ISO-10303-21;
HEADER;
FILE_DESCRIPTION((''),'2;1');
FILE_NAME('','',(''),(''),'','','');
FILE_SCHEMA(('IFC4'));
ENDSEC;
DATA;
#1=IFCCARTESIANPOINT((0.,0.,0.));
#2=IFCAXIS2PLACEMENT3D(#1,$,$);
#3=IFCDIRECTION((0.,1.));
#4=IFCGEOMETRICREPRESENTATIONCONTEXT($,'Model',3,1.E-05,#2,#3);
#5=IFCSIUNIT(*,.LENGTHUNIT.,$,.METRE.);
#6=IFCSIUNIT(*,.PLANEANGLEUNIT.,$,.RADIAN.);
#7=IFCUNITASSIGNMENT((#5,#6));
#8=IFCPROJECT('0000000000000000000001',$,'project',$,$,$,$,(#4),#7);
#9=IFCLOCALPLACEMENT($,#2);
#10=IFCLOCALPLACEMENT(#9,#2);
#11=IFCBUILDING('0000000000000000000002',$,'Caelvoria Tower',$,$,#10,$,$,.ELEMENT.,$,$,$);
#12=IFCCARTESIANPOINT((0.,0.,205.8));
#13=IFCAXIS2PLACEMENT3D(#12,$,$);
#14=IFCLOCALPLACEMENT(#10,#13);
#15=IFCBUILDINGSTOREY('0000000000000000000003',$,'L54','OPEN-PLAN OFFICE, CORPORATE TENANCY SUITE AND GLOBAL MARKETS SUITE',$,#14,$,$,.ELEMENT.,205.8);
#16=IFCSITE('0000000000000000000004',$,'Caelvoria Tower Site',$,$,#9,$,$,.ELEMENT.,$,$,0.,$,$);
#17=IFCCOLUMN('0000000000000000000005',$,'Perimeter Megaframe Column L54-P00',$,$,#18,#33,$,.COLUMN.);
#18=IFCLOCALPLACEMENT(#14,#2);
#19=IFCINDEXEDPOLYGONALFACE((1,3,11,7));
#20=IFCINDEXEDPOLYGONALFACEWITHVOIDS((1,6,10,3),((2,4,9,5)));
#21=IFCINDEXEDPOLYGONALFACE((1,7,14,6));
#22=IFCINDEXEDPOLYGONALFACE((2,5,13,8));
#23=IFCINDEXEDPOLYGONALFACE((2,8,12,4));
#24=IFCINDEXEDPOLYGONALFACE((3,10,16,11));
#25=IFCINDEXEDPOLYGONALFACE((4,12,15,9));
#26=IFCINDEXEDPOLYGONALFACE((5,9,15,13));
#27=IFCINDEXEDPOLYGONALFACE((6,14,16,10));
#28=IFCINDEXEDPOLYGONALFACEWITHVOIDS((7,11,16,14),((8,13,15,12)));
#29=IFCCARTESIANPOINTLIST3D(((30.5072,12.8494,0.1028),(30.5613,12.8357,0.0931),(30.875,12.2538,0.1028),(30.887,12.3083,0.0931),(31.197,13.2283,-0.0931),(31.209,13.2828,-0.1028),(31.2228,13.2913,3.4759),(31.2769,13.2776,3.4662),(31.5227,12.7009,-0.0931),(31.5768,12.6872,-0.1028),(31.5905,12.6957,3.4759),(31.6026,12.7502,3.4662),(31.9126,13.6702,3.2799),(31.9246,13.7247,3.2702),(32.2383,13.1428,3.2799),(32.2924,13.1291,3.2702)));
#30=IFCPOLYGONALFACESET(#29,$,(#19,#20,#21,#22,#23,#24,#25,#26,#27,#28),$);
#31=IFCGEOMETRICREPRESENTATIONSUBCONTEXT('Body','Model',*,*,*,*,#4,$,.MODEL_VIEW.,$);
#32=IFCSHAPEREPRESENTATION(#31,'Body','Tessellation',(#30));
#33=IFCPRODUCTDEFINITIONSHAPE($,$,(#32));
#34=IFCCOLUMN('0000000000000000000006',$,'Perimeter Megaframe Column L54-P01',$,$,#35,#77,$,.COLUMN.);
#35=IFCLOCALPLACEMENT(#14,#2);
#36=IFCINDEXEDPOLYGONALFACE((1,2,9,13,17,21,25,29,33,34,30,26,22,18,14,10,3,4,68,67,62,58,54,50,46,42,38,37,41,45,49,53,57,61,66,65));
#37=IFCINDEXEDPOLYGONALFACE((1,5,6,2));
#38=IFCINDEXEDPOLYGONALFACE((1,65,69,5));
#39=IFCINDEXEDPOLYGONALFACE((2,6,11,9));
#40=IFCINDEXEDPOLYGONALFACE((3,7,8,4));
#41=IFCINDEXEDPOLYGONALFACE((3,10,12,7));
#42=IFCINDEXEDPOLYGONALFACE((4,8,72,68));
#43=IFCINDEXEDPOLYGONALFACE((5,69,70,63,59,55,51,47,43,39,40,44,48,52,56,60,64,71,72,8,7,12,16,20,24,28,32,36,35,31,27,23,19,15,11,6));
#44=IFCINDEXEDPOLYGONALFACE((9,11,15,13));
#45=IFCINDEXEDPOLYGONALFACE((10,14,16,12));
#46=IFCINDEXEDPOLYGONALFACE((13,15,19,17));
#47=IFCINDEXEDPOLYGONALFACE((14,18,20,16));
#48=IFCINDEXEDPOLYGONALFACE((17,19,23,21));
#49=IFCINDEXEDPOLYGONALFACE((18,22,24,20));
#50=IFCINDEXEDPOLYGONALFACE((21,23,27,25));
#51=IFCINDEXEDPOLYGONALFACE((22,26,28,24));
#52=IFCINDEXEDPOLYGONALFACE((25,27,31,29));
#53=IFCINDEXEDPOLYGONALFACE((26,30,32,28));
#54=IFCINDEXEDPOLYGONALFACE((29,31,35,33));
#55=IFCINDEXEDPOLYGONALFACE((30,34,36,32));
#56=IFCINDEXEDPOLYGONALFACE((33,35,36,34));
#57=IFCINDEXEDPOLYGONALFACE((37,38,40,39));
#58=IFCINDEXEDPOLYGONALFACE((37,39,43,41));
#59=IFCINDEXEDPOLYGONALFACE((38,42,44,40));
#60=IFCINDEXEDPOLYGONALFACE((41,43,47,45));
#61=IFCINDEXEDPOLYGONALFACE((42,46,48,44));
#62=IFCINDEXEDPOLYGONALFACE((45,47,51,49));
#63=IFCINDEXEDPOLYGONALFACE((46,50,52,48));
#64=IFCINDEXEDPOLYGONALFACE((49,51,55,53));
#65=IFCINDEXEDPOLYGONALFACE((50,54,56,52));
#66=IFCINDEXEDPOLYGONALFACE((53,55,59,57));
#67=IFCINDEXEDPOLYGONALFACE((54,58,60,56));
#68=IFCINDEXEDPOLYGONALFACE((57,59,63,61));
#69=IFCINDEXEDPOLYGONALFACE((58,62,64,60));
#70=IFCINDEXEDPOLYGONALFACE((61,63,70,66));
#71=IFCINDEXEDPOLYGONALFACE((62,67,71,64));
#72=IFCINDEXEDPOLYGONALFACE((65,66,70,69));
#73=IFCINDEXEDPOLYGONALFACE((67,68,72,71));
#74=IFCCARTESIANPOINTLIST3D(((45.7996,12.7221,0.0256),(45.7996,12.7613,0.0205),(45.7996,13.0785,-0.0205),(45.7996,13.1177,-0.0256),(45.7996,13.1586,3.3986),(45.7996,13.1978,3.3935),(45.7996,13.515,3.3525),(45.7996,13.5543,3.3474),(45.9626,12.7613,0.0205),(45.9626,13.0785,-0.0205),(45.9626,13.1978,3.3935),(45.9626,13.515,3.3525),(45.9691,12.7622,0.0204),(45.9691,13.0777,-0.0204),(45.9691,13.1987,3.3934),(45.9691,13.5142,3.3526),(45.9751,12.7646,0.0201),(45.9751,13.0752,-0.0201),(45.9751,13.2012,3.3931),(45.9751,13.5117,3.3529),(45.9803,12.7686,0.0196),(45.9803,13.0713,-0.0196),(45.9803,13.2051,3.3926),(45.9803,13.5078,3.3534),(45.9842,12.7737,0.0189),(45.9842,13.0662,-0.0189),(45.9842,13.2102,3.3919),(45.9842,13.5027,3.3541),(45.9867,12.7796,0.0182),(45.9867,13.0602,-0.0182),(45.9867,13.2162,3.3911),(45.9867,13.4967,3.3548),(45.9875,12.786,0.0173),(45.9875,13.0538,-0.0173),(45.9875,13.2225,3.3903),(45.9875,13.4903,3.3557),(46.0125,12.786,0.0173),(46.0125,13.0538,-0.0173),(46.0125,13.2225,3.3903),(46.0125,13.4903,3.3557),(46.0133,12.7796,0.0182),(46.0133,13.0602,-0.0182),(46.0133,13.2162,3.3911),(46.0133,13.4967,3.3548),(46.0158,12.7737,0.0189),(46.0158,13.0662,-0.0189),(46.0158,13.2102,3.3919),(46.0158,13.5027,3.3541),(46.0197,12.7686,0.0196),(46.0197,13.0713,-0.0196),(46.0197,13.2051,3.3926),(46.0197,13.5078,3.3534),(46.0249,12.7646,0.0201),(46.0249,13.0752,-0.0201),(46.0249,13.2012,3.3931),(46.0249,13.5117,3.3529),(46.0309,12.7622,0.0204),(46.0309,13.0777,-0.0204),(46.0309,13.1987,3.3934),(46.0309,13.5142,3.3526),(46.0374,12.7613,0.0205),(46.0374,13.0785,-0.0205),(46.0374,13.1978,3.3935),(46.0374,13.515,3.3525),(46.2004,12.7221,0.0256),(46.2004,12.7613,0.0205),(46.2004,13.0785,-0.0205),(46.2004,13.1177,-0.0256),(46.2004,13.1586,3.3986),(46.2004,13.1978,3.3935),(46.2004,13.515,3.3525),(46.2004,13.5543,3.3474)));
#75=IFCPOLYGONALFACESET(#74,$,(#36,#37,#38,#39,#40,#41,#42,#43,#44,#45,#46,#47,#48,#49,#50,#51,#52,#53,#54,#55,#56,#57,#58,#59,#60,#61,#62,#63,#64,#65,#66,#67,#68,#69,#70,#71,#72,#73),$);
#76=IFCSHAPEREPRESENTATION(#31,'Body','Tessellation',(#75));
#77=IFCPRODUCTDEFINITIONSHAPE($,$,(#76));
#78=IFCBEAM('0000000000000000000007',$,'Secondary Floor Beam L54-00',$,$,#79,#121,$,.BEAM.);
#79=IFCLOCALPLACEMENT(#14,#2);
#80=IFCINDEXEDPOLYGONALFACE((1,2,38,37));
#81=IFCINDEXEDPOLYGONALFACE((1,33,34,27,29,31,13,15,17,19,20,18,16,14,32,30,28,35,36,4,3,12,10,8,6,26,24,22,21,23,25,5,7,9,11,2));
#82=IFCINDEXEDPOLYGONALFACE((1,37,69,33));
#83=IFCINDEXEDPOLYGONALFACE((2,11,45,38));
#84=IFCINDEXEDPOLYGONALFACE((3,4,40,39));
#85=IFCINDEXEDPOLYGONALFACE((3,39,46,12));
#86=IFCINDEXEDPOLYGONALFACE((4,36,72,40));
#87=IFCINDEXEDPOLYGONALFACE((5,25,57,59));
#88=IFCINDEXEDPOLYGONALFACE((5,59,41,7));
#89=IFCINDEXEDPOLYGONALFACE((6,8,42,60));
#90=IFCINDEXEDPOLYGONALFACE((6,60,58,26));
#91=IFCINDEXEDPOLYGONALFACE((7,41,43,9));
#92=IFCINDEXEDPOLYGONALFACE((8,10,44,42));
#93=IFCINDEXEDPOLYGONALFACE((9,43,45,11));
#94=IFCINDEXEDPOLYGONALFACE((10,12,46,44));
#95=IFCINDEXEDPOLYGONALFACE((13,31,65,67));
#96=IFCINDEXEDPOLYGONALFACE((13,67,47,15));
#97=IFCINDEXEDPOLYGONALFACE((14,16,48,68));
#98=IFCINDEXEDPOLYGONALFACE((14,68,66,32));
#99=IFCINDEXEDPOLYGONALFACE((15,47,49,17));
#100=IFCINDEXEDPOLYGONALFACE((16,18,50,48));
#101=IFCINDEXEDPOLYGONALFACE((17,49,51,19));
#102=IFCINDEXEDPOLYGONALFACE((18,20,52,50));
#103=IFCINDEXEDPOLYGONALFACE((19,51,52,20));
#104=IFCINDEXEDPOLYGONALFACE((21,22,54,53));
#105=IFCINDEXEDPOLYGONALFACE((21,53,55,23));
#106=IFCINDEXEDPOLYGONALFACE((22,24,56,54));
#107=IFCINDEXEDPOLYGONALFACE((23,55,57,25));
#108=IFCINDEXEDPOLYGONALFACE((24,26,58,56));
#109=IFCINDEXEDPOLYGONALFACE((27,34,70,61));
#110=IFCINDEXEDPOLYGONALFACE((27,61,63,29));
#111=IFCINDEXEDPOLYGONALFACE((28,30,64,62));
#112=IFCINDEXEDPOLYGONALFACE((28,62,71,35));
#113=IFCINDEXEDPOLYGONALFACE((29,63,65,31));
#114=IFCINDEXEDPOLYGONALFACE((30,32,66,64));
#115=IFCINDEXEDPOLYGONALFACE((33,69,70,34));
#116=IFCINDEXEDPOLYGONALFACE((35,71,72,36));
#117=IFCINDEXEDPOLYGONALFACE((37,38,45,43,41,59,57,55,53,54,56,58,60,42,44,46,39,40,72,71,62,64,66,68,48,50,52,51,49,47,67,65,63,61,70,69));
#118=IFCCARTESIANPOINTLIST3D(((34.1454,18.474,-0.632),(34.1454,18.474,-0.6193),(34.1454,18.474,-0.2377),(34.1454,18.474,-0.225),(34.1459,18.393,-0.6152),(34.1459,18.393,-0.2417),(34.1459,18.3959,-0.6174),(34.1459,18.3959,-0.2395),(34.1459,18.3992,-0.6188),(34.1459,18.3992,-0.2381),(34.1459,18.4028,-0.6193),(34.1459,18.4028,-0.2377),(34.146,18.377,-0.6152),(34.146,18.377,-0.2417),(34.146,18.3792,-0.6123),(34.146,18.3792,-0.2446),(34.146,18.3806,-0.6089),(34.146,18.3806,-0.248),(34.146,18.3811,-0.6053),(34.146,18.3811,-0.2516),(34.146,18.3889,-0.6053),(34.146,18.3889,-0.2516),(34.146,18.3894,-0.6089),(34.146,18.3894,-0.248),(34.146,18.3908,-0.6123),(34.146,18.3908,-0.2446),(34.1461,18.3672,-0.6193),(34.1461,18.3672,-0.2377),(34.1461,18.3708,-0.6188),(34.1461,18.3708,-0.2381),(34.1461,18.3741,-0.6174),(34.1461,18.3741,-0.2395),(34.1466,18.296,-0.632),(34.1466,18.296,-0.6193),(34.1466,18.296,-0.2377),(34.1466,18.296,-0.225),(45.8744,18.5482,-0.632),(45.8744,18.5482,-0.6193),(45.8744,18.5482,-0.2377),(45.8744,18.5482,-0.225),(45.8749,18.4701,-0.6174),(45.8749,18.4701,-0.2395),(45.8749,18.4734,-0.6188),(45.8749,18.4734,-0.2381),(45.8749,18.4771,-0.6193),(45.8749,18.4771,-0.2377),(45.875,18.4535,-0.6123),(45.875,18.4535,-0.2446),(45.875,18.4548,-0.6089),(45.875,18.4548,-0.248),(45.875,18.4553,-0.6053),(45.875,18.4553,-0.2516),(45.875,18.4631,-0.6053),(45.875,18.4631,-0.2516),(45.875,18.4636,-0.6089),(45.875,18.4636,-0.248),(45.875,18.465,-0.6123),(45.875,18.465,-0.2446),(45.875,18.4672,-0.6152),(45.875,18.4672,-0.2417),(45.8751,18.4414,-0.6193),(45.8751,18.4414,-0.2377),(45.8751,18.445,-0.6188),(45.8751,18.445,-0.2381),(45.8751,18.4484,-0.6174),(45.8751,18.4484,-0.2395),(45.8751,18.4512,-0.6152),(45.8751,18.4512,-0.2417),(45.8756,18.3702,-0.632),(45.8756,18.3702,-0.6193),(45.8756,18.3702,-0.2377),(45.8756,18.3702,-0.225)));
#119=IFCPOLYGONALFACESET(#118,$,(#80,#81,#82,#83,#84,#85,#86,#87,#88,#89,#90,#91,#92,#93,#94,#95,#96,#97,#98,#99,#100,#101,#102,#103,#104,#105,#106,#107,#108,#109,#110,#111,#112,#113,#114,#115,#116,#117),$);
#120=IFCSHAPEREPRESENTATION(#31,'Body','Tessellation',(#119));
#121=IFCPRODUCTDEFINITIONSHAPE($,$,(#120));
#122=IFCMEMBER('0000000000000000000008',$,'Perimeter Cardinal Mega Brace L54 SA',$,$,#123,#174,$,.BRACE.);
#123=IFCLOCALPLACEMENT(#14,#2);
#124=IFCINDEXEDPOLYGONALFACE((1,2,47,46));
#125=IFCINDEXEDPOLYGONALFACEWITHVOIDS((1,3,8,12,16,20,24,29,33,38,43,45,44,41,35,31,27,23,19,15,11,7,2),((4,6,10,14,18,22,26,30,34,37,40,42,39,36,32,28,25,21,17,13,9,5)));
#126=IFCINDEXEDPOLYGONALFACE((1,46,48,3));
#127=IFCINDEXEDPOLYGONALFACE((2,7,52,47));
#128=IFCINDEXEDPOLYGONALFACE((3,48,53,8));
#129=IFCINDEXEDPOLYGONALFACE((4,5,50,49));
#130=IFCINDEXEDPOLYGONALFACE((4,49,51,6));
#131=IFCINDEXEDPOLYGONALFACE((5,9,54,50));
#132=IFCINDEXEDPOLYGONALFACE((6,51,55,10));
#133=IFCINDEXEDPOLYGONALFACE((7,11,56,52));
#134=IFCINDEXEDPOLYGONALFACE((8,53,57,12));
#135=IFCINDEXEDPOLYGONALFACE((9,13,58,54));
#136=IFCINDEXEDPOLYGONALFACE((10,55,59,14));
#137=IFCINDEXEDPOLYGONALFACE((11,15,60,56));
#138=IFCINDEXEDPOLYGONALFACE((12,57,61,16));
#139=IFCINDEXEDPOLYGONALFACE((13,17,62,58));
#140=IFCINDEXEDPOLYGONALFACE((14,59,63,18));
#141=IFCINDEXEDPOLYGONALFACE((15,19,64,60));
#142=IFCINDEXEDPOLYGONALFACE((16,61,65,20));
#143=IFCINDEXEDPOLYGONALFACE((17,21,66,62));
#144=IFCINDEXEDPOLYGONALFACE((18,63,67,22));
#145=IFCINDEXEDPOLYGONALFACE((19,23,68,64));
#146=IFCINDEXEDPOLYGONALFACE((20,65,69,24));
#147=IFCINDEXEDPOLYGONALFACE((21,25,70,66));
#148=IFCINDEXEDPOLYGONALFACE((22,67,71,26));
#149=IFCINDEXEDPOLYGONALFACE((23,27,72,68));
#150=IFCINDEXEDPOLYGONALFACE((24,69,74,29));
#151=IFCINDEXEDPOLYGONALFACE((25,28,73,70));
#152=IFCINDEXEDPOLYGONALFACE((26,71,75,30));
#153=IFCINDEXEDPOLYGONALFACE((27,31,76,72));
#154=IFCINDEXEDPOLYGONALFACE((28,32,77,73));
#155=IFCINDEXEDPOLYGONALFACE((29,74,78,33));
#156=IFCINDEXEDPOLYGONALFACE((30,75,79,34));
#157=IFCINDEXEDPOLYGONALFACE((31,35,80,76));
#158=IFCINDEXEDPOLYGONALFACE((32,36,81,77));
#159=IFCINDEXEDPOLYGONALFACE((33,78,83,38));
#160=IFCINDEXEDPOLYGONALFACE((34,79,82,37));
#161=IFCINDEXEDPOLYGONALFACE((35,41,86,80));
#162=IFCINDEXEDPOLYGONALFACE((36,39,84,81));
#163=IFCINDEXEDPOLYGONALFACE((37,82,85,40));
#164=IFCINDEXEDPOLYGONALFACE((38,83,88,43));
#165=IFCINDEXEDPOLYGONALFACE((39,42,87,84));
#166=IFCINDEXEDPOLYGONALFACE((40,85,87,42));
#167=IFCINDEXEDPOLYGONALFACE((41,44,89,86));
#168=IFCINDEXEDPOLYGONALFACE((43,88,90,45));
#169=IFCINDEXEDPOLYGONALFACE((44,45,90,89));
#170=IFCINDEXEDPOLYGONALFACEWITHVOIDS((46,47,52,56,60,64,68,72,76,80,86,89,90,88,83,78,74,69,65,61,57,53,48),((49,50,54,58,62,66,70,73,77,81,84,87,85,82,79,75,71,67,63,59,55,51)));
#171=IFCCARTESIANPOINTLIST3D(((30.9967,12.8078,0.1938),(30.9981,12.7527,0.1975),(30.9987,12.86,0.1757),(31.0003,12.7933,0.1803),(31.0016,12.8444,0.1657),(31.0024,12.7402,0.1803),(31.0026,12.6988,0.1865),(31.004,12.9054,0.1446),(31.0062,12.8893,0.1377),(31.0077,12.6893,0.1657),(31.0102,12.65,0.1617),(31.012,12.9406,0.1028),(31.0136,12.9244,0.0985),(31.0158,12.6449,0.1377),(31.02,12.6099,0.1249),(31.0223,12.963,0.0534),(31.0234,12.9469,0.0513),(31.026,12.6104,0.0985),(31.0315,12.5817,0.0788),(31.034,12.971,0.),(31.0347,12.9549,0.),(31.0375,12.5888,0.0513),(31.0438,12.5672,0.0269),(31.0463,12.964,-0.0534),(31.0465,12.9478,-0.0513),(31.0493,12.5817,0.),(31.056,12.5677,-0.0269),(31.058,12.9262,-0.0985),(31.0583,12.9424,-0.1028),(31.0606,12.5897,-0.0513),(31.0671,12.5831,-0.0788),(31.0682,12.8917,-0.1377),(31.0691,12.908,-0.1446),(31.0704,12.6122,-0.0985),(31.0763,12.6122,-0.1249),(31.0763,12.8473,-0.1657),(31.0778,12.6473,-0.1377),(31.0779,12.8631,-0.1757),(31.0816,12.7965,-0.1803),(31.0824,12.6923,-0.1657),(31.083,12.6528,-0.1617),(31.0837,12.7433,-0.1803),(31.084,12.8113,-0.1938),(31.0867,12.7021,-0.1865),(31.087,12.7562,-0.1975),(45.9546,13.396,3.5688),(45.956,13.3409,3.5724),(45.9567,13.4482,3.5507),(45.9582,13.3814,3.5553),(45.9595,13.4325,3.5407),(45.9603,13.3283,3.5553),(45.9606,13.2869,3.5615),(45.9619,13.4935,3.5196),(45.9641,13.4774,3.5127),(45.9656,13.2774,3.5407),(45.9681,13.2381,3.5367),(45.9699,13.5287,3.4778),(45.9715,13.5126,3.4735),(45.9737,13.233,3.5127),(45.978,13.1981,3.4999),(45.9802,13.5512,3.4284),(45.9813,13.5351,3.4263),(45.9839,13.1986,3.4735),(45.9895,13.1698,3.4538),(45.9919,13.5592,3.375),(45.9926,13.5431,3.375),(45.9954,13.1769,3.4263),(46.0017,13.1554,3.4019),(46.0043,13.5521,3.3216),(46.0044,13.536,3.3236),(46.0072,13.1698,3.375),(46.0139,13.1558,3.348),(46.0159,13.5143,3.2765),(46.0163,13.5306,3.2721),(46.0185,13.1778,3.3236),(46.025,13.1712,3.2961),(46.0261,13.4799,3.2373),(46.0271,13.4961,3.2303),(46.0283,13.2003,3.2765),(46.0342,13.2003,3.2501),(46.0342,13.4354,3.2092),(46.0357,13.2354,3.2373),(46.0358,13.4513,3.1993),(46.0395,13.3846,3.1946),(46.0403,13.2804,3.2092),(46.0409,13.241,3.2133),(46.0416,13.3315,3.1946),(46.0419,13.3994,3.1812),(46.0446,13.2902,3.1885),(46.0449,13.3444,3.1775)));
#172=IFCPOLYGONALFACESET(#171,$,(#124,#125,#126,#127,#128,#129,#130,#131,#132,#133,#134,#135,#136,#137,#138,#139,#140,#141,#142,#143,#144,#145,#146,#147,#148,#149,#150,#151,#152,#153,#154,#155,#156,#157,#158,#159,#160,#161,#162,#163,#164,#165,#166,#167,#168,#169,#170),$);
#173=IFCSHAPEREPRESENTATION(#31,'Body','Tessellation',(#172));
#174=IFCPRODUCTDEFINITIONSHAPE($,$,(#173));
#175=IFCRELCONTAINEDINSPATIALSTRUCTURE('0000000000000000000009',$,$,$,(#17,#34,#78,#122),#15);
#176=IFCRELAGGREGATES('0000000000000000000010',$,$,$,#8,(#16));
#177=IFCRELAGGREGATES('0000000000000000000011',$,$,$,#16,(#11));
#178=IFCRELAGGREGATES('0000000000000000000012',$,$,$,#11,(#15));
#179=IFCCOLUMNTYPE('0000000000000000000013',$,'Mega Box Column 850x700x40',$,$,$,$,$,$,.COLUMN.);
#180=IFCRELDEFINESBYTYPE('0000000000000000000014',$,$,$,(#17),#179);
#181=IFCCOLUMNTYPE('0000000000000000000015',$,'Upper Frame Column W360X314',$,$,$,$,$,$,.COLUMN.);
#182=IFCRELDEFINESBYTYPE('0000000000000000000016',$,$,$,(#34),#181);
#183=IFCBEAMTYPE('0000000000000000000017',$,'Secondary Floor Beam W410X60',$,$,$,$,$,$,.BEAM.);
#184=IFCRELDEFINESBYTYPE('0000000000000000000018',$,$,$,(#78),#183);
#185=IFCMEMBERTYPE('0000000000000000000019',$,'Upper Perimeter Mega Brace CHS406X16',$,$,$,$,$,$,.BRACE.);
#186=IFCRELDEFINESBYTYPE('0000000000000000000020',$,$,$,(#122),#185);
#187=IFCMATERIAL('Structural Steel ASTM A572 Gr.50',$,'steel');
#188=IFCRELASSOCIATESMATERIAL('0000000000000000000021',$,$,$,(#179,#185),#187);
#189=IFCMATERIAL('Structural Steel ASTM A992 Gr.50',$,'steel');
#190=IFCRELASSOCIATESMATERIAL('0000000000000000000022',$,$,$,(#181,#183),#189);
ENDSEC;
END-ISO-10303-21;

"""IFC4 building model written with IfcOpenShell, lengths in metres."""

from ifc_helpers import new_model, si_unit, direction, frame, origin, origin_2d, place, context, subcontext, project, spatial, hollow_rectangle, hollow_circle, i_section, extrude, material, material_profile, profile_set, type_object, element, save


model = new_model("IFC4")

# Units and contexts
model_context = context("Model", 3, precision=1e-05, world=origin(), true_north=direction((0.0, 1.0)))
body_context = subcontext(model_context, "Body", "Model", "MODEL_VIEW")
ifc_project = project(units=[si_unit("LENGTHUNIT", "METRE"), si_unit("PLANEANGLEUNIT", "RADIAN")], contexts=[model_context])

# Site, building, storey
site_placement = place(None, origin())
site = spatial("IfcSite", under=ifc_project, at=site_placement, Name="Caelvoria Tower Site", CompositionType="ELEMENT", RefElevation=0.0)
building_placement = place(site_placement, origin())
building = spatial("IfcBuilding", under=site, at=building_placement, Name="Caelvoria Tower", CompositionType="ELEMENT")
storey_placement = place(building_placement, frame((0.0, 0.0, 205.8)))
storey = spatial("IfcBuildingStorey", under=building, at=storey_placement, Name="L54", Description="OPEN-PLAN OFFICE, CORPORATE TENANCY SUITE AND GLOBAL MARKETS SUITE", CompositionType="ELEMENT", Elevation=205.8)

# Columns
ifc_material_1 = material(Name="Structural Steel ASTM A572 Gr.50", Category="steel")
ifc_material_profile_1 = material_profile(ifc_material_1, hollow_rectangle(XDim=0.7, YDim=0.8501, WallThickness=0.04, at=origin_2d()), Name="Structural Steel ASTM A572 Gr.50")
ifc_profile_set_1 = profile_set([ifc_material_profile_1], Name="BOX850X700X40 - Structural Steel ASTM A572 Gr.50")
column_type_1 = type_object("IfcColumnType", Name="Mega Box Column 850x700x40", PredefinedType="COLUMN", material=ifc_profile_set_1)
column_1_placement = place(storey_placement, frame((31.042, 12.7683, 0.0), z_axis=(0.205843, 0.127116, 0.970294), x_axis=(-0.525425, 0.85084, 0.0)))
element("IfcColumn", 1, at=column_1_placement, inside=storey, type_object=column_type_1, Name="Perimeter Megaframe Column L54-P00", PredefinedType="COLUMN", context=body_context, shape_type="SweptSolid", body=[
    extrude(hollow_rectangle(XDim=0.7, YDim=0.8501, WallThickness=0.04, at=origin_2d()), origin(), (0.0, 0.0, 1.0), 3.4763),
])
ifc_material_2 = material(Name="Structural Steel ASTM A992 Gr.50", Category="steel")
ifc_material_profile_2 = material_profile(ifc_material_2, i_section(OverallWidth=0.4009, OverallDepth=0.3989, WebThickness=0.0249, FlangeThickness=0.0396, FilletRadius=0.0249, at=origin_2d()), Name="Structural Steel ASTM A992 Gr.50")
ifc_profile_set_2 = profile_set([ifc_material_profile_2], Name="W360X314 - Structural Steel ASTM A992 Gr.50")
column_type_2 = type_object("IfcColumnType", Name="Upper Frame Column W360X314", PredefinedType="COLUMN", material=ifc_profile_set_2)
column_2_placement = place(storey_placement, frame((46.0, 12.9199, 0.0), z_axis=(0.0, 0.128345, 0.99173), x_axis=(-1.0, 0.0, 0.0)))
element("IfcColumn", 2, at=column_2_placement, inside=storey, type_object=column_type_2, Name="Perimeter Megaframe Column L54-P01", PredefinedType="COLUMN", context=body_context, shape_type="SweptSolid", body=[
    extrude(i_section(OverallWidth=0.4009, OverallDepth=0.3989, WebThickness=0.0249, FlangeThickness=0.0396, FilletRadius=0.0249, at=origin_2d()), origin(), (0.0, 0.0, 1.0), 3.4011),
])

# Beam
ifc_material_profile_3 = material_profile(ifc_material_2, i_section(OverallWidth=0.178, OverallDepth=0.407, WebThickness=0.0078, FlangeThickness=0.0127, FilletRadius=0.0139, at=origin_2d()), Name="Structural Steel ASTM A992 Gr.50")
ifc_profile_set_3 = profile_set([ifc_material_profile_3], Name="W410X60 - Structural Steel ASTM A992 Gr.50")
beam_type_1 = type_object("IfcBeamType", Name="Secondary Floor Beam W410X60", PredefinedType="BEAM", material=ifc_profile_set_3)
beam_1_placement = place(storey_placement, frame((34.146, 18.385, -0.4285), z_axis=(0.99998, 0.006328, 0.0), x_axis=(-0.006328, 0.99998, 0.0)))
element("IfcBeam", 3, at=beam_1_placement, inside=storey, type_object=beam_type_1, Name="Secondary Floor Beam L54-00", PredefinedType="BEAM", context=body_context, shape_type="SweptSolid", body=[
    extrude(i_section(OverallWidth=0.178, OverallDepth=0.407, WebThickness=0.0078, FlangeThickness=0.0127, FilletRadius=0.0139, at=origin_2d()), origin(), (0.0, 0.0, 1.0), 11.7292),
])

# Member
ifc_material_profile_4 = material_profile(ifc_material_1, hollow_circle(Radius=0.2029, WallThickness=0.0161, at=origin_2d()), Name="Structural Steel ASTM A572 Gr.50")
ifc_profile_set_4 = profile_set([ifc_material_profile_4], Name="CHS406X16 - Structural Steel ASTM A572 Gr.50")
member_type = type_object("IfcMemberType", Name="Upper Perimeter Mega Brace CHS406X16", PredefinedType="BRACE", material=ifc_profile_set_4)
member_placement = place(storey_placement, frame((31.042, 12.7683, 0.0), z_axis=(0.974761, 0.038327, 0.219937), x_axis=(-0.039289, 0.999228, 0.0)))
element("IfcMember", 4, at=member_placement, inside=storey, type_object=member_type, Name="Perimeter Cardinal Mega Brace L54 SA", PredefinedType="BRACE", context=body_context, shape_type="SweptSolid", body=[
    extrude(hollow_circle(Radius=0.2029, WallThickness=0.0161, at=origin_2d()), origin(), (0.0, 0.0, 1.0), 15.3452),
])

save(model, "model.ifc")
